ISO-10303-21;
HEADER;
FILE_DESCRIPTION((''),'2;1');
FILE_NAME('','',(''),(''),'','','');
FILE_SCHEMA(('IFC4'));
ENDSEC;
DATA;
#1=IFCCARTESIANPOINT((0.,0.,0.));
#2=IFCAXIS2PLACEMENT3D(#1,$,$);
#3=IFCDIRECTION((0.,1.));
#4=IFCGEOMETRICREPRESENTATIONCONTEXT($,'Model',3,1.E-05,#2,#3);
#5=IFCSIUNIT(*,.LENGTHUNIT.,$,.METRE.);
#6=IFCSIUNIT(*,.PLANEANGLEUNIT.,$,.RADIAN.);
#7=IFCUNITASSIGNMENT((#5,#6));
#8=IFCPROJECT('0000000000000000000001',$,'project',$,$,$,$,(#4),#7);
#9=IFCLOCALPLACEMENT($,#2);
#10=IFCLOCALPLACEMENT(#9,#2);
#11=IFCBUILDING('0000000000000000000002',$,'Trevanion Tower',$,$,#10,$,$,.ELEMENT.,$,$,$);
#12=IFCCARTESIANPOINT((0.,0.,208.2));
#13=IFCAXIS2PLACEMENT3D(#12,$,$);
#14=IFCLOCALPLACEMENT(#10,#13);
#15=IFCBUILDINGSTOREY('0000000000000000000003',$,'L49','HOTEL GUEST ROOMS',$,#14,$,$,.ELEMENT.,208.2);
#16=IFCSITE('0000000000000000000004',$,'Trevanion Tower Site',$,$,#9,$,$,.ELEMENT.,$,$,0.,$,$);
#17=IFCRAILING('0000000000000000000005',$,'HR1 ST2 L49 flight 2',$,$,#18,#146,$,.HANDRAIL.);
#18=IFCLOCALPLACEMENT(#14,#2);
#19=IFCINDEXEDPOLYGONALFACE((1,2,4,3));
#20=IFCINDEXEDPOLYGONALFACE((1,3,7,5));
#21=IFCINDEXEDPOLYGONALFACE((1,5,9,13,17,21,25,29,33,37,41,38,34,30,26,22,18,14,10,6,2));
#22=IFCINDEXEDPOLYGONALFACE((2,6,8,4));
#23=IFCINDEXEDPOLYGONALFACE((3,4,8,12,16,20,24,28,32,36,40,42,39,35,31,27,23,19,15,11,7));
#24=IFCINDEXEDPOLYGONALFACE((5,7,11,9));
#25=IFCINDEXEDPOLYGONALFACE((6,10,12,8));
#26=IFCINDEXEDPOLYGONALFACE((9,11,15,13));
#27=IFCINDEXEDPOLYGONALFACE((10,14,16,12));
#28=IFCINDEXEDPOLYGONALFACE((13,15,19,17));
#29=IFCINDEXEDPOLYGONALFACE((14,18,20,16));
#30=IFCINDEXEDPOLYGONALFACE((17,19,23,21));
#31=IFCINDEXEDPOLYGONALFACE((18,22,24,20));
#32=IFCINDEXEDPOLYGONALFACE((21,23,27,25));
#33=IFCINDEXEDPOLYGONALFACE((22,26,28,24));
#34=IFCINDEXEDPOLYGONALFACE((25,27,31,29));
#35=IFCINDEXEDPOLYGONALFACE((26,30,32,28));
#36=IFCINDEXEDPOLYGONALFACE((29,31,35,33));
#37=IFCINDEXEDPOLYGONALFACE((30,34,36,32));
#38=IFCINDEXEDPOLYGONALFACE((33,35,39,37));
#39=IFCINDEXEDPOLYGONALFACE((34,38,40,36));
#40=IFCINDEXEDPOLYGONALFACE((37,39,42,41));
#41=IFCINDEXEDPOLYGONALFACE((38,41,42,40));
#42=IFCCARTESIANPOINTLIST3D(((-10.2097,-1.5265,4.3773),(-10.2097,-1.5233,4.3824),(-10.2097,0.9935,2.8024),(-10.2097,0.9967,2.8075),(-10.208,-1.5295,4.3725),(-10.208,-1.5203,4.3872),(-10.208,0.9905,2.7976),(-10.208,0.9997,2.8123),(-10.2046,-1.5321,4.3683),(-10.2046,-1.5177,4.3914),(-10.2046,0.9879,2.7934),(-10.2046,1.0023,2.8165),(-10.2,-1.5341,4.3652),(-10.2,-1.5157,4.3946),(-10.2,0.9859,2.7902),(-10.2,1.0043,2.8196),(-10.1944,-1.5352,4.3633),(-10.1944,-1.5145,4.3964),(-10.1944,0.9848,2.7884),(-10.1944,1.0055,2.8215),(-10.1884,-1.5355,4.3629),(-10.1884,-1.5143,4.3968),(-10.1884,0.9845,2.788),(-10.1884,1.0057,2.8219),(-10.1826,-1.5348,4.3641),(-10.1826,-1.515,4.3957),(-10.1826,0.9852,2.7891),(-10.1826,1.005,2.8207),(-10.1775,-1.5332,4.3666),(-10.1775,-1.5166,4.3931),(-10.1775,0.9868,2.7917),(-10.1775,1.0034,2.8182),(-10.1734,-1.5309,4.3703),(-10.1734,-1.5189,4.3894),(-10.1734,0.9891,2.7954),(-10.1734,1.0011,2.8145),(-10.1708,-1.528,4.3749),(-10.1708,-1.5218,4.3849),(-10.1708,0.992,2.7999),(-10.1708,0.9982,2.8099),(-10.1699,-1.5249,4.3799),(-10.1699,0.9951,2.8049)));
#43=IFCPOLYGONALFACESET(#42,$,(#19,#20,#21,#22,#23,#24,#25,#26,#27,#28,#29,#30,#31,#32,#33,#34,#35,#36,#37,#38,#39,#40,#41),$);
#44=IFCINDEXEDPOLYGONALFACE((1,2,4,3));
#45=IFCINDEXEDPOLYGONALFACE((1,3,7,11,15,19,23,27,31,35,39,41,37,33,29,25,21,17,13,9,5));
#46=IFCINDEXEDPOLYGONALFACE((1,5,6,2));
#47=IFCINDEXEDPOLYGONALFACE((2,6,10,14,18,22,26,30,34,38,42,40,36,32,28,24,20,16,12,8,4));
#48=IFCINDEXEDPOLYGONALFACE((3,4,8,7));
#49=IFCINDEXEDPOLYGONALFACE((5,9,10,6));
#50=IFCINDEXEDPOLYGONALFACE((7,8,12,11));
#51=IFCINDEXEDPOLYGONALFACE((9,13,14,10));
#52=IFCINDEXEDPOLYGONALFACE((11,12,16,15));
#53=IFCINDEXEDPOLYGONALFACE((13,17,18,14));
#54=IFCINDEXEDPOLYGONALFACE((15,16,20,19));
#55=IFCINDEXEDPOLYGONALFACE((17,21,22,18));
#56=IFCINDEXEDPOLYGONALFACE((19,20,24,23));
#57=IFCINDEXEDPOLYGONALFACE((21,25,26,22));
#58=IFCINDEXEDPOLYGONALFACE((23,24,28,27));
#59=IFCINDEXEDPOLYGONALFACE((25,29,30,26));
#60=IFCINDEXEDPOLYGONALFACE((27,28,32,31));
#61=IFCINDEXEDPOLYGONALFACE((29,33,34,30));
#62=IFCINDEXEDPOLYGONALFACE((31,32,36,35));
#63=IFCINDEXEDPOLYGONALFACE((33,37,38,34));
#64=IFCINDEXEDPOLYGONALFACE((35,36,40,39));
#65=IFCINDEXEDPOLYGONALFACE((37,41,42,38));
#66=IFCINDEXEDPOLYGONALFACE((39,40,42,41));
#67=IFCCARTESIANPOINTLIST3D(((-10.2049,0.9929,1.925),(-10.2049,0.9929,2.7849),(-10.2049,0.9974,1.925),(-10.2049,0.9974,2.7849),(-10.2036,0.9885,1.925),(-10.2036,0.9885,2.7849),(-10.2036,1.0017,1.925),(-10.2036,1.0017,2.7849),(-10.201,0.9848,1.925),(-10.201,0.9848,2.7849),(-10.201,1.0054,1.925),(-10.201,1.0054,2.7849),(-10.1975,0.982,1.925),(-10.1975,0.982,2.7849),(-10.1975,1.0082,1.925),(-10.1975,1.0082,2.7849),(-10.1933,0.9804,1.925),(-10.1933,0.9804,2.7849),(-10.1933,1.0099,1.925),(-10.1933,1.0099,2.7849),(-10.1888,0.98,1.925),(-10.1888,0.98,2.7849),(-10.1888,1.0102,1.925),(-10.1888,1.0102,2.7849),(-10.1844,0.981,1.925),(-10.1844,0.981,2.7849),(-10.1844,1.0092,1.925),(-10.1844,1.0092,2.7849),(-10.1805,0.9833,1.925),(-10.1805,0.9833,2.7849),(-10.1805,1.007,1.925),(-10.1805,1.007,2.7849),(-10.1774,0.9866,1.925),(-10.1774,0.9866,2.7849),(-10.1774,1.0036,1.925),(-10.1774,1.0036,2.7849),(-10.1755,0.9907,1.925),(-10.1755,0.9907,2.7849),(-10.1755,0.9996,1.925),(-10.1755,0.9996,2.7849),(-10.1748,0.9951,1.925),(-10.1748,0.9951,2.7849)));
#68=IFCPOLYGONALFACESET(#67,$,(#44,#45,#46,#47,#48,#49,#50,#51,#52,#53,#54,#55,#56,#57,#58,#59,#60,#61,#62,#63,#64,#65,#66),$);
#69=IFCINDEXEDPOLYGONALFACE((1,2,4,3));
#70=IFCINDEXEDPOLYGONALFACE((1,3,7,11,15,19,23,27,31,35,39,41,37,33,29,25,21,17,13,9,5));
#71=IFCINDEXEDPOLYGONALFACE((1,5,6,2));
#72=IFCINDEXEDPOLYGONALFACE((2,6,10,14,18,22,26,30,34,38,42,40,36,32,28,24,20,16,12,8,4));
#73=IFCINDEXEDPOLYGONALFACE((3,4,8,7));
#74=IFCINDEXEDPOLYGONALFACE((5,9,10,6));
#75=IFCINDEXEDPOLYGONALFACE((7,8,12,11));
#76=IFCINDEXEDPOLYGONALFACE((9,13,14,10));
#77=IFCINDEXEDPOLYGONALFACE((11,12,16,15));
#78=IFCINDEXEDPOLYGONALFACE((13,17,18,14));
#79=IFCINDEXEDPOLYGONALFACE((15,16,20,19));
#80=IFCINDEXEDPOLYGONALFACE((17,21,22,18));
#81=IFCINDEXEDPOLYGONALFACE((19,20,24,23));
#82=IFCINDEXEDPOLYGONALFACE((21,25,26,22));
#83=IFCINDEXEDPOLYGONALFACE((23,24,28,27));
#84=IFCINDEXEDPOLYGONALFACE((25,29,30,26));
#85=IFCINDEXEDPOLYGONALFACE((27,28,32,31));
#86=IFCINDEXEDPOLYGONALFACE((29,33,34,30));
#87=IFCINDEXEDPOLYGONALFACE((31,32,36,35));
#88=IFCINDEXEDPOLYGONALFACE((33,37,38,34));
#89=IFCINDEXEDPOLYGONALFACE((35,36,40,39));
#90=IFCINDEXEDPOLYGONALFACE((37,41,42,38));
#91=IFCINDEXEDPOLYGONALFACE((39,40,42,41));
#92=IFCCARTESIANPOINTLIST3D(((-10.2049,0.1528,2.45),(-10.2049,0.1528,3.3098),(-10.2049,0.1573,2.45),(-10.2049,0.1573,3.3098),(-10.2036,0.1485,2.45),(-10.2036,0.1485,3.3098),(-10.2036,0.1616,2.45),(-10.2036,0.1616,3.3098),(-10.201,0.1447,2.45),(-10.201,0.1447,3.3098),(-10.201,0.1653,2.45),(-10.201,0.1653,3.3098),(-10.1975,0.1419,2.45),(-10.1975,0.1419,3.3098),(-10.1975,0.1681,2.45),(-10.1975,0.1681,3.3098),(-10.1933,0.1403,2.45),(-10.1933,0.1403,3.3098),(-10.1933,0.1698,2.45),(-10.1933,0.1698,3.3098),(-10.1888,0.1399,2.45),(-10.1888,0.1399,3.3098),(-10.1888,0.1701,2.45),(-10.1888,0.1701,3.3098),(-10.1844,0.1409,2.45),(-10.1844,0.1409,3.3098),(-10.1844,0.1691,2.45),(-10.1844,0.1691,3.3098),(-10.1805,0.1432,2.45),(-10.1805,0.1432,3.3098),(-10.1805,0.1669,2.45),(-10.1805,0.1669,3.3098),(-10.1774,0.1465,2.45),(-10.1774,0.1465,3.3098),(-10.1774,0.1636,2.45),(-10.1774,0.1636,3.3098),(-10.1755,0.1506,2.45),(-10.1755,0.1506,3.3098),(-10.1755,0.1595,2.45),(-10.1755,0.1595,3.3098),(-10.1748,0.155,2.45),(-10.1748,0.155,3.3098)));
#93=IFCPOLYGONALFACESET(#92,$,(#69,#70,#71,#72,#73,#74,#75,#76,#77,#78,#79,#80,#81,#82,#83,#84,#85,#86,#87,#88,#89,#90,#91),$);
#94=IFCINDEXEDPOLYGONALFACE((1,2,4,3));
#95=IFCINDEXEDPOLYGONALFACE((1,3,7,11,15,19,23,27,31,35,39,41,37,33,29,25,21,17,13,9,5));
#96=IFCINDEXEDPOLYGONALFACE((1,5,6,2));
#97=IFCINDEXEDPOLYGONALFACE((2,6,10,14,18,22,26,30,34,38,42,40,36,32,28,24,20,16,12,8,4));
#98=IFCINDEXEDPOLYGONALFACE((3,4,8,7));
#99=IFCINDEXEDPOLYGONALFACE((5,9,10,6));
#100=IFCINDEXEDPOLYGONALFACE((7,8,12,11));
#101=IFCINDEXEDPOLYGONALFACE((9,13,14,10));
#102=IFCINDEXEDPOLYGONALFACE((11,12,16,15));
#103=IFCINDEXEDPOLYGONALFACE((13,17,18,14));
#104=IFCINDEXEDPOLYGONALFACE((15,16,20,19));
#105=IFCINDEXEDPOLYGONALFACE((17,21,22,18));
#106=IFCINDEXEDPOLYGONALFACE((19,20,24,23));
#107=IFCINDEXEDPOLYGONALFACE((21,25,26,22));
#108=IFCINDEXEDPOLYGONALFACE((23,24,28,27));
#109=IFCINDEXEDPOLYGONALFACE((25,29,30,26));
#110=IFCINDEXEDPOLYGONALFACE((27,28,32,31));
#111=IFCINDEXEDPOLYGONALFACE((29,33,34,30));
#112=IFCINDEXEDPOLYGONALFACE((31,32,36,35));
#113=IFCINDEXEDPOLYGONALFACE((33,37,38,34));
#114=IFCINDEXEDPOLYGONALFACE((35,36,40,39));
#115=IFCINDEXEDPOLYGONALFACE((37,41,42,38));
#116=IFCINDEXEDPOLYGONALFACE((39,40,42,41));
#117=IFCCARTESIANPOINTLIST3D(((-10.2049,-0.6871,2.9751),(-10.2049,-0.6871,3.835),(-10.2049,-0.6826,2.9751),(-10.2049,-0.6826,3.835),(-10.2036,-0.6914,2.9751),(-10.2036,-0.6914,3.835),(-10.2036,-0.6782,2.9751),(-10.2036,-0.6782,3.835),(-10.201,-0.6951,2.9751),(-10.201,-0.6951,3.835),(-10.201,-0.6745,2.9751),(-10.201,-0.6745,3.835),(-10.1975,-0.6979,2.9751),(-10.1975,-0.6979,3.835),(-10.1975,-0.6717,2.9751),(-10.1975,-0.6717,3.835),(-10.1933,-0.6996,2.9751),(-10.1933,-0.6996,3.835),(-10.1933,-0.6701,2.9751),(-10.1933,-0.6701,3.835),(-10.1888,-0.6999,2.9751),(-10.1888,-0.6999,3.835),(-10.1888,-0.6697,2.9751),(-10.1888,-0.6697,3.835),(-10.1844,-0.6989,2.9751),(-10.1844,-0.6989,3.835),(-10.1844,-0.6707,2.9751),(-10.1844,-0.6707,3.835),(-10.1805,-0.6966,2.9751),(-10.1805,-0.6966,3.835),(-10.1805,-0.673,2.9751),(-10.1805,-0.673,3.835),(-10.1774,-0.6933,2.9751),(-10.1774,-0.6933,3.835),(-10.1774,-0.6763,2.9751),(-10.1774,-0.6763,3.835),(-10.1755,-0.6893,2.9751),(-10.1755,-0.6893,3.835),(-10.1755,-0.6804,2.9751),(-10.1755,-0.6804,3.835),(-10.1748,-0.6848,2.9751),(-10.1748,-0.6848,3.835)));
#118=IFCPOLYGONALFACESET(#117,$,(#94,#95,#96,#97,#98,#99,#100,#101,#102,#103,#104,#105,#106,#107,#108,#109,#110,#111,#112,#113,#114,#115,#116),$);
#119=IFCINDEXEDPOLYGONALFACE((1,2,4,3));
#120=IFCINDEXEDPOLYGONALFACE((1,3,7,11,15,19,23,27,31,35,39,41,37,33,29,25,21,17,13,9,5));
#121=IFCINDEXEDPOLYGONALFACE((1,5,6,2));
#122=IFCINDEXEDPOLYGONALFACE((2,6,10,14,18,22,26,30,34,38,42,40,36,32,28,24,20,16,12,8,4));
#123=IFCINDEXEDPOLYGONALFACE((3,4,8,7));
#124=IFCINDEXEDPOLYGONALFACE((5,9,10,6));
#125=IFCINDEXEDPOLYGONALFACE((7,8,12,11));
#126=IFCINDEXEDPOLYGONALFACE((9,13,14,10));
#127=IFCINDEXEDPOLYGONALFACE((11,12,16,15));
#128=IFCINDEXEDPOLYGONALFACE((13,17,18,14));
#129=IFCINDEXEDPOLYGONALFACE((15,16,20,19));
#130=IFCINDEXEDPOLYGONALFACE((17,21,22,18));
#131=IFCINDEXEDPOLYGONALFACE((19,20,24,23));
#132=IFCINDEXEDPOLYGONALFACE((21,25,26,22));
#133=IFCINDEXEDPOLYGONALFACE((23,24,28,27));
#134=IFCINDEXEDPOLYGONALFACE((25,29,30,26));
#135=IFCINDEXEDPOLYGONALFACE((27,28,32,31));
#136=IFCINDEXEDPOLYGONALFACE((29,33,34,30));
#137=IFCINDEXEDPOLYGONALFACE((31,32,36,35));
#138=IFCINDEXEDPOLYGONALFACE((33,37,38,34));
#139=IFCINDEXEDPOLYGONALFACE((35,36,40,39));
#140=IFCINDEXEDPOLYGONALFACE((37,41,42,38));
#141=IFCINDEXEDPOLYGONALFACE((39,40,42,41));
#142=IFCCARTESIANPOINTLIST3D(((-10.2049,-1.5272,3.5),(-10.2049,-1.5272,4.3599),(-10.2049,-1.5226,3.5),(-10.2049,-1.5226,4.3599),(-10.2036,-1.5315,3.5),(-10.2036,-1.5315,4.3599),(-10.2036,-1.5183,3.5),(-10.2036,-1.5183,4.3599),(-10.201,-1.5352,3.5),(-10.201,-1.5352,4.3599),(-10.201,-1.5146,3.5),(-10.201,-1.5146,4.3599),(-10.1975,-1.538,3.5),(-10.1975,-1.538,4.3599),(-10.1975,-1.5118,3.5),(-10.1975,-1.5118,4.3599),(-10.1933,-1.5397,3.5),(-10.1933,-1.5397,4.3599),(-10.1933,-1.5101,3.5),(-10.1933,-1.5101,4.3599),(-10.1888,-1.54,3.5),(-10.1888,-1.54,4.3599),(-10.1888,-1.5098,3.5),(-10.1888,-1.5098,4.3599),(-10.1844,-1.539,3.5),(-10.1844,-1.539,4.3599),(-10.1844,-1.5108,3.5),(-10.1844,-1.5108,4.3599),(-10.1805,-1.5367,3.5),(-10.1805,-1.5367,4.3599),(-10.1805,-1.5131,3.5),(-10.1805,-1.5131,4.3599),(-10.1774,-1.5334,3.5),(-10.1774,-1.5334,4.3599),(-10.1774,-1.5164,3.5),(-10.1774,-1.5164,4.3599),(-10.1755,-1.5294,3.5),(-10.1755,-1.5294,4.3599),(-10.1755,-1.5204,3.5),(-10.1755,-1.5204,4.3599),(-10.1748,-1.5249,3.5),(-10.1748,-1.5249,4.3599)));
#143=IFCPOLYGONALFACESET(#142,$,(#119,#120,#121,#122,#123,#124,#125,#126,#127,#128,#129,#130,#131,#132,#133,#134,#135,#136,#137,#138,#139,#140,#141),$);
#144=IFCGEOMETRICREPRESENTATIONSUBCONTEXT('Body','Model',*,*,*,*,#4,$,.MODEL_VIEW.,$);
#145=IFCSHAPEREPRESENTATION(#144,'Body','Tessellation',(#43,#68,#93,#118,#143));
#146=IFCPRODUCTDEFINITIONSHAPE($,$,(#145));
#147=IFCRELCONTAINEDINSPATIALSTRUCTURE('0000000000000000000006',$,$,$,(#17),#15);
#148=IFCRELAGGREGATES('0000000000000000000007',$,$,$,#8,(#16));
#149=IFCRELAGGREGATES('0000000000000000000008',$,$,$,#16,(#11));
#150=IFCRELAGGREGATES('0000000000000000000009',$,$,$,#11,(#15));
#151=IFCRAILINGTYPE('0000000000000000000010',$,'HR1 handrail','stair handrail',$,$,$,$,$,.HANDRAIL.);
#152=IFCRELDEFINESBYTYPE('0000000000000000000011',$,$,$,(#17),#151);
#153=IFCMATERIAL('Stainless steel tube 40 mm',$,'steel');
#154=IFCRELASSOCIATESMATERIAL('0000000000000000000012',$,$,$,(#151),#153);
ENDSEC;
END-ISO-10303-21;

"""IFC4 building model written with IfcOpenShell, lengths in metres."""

from ifc_helpers import new_model, si_unit, direction, frame, origin, origin_2d, place, context, subcontext, project, spatial, circle, extrude, material, type_object, element, save


model = new_model("IFC4")

# Units and contexts
model_context = context("Model", 3, precision=1e-05, world=origin(), true_north=direction((0.0, 1.0)))
body_context = subcontext(model_context, "Body", "Model", "MODEL_VIEW")
ifc_project = project(units=[si_unit("LENGTHUNIT", "METRE"), si_unit("PLANEANGLEUNIT", "RADIAN")], contexts=[model_context])

# Site, building, storey
site_placement = place(None, origin())
site = spatial("IfcSite", under=ifc_project, at=site_placement, Name="Trevanion Tower Site", CompositionType="ELEMENT", RefElevation=0.0)
building_placement = place(site_placement, origin())
building = spatial("IfcBuilding", under=site, at=building_placement, Name="Trevanion Tower", CompositionType="ELEMENT")
storey_placement = place(building_placement, frame((0.0, 0.0, 208.2)))
storey = spatial("IfcBuildingStorey", under=building, at=storey_placement, Name="L49", Description="HOTEL GUEST ROOMS", CompositionType="ELEMENT", Elevation=208.2)

# Railing
ifc_material_1 = material(Name="Stainless steel tube 40 mm", Category="steel")
railing_type = type_object("IfcRailingType", Name="HR1 handrail", Description="stair handrail", PredefinedType="HANDRAIL", material=ifc_material_1)
for number, where, name in (
    (1, (-10.1899, 0.9951, 1.925), "HR1 ST2 L49 flight 2"),
):
    element("IfcRailing", number, at=place(storey_placement, frame(where)), inside=storey, type_object=railing_type, Name=name, PredefinedType="HANDRAIL", context=body_context, shape_type="SweptSolid", body=[
        extrude(circle(Radius=0.02, at=origin_2d()), frame((0.0, 0.0, 0.8799), z_axis=(0.0, -0.848008, 0.529984), x_axis=(1.0, 0.0, 0.0)), (0.0, 0.0, 1.0), 2.9717),
        extrude(circle(Radius=0.0151, at=origin_2d()), origin(), (0.0, 0.0, 1.0), 0.8599),
        extrude(circle(Radius=0.0151, at=origin_2d()), frame((0.0, -0.8401, 0.5249)), (0.0, 0.0, 1.0), 0.8599),
        extrude(circle(Radius=0.0151, at=origin_2d()), frame((0.0, -1.6799, 1.05)), (0.0, 0.0, 1.0), 0.8599),
        extrude(circle(Radius=0.0151, at=origin_2d()), frame((0.0, -2.52, 1.575)), (0.0, 0.0, 1.0), 0.8599),
    ])

save(model, "model.ifc")
